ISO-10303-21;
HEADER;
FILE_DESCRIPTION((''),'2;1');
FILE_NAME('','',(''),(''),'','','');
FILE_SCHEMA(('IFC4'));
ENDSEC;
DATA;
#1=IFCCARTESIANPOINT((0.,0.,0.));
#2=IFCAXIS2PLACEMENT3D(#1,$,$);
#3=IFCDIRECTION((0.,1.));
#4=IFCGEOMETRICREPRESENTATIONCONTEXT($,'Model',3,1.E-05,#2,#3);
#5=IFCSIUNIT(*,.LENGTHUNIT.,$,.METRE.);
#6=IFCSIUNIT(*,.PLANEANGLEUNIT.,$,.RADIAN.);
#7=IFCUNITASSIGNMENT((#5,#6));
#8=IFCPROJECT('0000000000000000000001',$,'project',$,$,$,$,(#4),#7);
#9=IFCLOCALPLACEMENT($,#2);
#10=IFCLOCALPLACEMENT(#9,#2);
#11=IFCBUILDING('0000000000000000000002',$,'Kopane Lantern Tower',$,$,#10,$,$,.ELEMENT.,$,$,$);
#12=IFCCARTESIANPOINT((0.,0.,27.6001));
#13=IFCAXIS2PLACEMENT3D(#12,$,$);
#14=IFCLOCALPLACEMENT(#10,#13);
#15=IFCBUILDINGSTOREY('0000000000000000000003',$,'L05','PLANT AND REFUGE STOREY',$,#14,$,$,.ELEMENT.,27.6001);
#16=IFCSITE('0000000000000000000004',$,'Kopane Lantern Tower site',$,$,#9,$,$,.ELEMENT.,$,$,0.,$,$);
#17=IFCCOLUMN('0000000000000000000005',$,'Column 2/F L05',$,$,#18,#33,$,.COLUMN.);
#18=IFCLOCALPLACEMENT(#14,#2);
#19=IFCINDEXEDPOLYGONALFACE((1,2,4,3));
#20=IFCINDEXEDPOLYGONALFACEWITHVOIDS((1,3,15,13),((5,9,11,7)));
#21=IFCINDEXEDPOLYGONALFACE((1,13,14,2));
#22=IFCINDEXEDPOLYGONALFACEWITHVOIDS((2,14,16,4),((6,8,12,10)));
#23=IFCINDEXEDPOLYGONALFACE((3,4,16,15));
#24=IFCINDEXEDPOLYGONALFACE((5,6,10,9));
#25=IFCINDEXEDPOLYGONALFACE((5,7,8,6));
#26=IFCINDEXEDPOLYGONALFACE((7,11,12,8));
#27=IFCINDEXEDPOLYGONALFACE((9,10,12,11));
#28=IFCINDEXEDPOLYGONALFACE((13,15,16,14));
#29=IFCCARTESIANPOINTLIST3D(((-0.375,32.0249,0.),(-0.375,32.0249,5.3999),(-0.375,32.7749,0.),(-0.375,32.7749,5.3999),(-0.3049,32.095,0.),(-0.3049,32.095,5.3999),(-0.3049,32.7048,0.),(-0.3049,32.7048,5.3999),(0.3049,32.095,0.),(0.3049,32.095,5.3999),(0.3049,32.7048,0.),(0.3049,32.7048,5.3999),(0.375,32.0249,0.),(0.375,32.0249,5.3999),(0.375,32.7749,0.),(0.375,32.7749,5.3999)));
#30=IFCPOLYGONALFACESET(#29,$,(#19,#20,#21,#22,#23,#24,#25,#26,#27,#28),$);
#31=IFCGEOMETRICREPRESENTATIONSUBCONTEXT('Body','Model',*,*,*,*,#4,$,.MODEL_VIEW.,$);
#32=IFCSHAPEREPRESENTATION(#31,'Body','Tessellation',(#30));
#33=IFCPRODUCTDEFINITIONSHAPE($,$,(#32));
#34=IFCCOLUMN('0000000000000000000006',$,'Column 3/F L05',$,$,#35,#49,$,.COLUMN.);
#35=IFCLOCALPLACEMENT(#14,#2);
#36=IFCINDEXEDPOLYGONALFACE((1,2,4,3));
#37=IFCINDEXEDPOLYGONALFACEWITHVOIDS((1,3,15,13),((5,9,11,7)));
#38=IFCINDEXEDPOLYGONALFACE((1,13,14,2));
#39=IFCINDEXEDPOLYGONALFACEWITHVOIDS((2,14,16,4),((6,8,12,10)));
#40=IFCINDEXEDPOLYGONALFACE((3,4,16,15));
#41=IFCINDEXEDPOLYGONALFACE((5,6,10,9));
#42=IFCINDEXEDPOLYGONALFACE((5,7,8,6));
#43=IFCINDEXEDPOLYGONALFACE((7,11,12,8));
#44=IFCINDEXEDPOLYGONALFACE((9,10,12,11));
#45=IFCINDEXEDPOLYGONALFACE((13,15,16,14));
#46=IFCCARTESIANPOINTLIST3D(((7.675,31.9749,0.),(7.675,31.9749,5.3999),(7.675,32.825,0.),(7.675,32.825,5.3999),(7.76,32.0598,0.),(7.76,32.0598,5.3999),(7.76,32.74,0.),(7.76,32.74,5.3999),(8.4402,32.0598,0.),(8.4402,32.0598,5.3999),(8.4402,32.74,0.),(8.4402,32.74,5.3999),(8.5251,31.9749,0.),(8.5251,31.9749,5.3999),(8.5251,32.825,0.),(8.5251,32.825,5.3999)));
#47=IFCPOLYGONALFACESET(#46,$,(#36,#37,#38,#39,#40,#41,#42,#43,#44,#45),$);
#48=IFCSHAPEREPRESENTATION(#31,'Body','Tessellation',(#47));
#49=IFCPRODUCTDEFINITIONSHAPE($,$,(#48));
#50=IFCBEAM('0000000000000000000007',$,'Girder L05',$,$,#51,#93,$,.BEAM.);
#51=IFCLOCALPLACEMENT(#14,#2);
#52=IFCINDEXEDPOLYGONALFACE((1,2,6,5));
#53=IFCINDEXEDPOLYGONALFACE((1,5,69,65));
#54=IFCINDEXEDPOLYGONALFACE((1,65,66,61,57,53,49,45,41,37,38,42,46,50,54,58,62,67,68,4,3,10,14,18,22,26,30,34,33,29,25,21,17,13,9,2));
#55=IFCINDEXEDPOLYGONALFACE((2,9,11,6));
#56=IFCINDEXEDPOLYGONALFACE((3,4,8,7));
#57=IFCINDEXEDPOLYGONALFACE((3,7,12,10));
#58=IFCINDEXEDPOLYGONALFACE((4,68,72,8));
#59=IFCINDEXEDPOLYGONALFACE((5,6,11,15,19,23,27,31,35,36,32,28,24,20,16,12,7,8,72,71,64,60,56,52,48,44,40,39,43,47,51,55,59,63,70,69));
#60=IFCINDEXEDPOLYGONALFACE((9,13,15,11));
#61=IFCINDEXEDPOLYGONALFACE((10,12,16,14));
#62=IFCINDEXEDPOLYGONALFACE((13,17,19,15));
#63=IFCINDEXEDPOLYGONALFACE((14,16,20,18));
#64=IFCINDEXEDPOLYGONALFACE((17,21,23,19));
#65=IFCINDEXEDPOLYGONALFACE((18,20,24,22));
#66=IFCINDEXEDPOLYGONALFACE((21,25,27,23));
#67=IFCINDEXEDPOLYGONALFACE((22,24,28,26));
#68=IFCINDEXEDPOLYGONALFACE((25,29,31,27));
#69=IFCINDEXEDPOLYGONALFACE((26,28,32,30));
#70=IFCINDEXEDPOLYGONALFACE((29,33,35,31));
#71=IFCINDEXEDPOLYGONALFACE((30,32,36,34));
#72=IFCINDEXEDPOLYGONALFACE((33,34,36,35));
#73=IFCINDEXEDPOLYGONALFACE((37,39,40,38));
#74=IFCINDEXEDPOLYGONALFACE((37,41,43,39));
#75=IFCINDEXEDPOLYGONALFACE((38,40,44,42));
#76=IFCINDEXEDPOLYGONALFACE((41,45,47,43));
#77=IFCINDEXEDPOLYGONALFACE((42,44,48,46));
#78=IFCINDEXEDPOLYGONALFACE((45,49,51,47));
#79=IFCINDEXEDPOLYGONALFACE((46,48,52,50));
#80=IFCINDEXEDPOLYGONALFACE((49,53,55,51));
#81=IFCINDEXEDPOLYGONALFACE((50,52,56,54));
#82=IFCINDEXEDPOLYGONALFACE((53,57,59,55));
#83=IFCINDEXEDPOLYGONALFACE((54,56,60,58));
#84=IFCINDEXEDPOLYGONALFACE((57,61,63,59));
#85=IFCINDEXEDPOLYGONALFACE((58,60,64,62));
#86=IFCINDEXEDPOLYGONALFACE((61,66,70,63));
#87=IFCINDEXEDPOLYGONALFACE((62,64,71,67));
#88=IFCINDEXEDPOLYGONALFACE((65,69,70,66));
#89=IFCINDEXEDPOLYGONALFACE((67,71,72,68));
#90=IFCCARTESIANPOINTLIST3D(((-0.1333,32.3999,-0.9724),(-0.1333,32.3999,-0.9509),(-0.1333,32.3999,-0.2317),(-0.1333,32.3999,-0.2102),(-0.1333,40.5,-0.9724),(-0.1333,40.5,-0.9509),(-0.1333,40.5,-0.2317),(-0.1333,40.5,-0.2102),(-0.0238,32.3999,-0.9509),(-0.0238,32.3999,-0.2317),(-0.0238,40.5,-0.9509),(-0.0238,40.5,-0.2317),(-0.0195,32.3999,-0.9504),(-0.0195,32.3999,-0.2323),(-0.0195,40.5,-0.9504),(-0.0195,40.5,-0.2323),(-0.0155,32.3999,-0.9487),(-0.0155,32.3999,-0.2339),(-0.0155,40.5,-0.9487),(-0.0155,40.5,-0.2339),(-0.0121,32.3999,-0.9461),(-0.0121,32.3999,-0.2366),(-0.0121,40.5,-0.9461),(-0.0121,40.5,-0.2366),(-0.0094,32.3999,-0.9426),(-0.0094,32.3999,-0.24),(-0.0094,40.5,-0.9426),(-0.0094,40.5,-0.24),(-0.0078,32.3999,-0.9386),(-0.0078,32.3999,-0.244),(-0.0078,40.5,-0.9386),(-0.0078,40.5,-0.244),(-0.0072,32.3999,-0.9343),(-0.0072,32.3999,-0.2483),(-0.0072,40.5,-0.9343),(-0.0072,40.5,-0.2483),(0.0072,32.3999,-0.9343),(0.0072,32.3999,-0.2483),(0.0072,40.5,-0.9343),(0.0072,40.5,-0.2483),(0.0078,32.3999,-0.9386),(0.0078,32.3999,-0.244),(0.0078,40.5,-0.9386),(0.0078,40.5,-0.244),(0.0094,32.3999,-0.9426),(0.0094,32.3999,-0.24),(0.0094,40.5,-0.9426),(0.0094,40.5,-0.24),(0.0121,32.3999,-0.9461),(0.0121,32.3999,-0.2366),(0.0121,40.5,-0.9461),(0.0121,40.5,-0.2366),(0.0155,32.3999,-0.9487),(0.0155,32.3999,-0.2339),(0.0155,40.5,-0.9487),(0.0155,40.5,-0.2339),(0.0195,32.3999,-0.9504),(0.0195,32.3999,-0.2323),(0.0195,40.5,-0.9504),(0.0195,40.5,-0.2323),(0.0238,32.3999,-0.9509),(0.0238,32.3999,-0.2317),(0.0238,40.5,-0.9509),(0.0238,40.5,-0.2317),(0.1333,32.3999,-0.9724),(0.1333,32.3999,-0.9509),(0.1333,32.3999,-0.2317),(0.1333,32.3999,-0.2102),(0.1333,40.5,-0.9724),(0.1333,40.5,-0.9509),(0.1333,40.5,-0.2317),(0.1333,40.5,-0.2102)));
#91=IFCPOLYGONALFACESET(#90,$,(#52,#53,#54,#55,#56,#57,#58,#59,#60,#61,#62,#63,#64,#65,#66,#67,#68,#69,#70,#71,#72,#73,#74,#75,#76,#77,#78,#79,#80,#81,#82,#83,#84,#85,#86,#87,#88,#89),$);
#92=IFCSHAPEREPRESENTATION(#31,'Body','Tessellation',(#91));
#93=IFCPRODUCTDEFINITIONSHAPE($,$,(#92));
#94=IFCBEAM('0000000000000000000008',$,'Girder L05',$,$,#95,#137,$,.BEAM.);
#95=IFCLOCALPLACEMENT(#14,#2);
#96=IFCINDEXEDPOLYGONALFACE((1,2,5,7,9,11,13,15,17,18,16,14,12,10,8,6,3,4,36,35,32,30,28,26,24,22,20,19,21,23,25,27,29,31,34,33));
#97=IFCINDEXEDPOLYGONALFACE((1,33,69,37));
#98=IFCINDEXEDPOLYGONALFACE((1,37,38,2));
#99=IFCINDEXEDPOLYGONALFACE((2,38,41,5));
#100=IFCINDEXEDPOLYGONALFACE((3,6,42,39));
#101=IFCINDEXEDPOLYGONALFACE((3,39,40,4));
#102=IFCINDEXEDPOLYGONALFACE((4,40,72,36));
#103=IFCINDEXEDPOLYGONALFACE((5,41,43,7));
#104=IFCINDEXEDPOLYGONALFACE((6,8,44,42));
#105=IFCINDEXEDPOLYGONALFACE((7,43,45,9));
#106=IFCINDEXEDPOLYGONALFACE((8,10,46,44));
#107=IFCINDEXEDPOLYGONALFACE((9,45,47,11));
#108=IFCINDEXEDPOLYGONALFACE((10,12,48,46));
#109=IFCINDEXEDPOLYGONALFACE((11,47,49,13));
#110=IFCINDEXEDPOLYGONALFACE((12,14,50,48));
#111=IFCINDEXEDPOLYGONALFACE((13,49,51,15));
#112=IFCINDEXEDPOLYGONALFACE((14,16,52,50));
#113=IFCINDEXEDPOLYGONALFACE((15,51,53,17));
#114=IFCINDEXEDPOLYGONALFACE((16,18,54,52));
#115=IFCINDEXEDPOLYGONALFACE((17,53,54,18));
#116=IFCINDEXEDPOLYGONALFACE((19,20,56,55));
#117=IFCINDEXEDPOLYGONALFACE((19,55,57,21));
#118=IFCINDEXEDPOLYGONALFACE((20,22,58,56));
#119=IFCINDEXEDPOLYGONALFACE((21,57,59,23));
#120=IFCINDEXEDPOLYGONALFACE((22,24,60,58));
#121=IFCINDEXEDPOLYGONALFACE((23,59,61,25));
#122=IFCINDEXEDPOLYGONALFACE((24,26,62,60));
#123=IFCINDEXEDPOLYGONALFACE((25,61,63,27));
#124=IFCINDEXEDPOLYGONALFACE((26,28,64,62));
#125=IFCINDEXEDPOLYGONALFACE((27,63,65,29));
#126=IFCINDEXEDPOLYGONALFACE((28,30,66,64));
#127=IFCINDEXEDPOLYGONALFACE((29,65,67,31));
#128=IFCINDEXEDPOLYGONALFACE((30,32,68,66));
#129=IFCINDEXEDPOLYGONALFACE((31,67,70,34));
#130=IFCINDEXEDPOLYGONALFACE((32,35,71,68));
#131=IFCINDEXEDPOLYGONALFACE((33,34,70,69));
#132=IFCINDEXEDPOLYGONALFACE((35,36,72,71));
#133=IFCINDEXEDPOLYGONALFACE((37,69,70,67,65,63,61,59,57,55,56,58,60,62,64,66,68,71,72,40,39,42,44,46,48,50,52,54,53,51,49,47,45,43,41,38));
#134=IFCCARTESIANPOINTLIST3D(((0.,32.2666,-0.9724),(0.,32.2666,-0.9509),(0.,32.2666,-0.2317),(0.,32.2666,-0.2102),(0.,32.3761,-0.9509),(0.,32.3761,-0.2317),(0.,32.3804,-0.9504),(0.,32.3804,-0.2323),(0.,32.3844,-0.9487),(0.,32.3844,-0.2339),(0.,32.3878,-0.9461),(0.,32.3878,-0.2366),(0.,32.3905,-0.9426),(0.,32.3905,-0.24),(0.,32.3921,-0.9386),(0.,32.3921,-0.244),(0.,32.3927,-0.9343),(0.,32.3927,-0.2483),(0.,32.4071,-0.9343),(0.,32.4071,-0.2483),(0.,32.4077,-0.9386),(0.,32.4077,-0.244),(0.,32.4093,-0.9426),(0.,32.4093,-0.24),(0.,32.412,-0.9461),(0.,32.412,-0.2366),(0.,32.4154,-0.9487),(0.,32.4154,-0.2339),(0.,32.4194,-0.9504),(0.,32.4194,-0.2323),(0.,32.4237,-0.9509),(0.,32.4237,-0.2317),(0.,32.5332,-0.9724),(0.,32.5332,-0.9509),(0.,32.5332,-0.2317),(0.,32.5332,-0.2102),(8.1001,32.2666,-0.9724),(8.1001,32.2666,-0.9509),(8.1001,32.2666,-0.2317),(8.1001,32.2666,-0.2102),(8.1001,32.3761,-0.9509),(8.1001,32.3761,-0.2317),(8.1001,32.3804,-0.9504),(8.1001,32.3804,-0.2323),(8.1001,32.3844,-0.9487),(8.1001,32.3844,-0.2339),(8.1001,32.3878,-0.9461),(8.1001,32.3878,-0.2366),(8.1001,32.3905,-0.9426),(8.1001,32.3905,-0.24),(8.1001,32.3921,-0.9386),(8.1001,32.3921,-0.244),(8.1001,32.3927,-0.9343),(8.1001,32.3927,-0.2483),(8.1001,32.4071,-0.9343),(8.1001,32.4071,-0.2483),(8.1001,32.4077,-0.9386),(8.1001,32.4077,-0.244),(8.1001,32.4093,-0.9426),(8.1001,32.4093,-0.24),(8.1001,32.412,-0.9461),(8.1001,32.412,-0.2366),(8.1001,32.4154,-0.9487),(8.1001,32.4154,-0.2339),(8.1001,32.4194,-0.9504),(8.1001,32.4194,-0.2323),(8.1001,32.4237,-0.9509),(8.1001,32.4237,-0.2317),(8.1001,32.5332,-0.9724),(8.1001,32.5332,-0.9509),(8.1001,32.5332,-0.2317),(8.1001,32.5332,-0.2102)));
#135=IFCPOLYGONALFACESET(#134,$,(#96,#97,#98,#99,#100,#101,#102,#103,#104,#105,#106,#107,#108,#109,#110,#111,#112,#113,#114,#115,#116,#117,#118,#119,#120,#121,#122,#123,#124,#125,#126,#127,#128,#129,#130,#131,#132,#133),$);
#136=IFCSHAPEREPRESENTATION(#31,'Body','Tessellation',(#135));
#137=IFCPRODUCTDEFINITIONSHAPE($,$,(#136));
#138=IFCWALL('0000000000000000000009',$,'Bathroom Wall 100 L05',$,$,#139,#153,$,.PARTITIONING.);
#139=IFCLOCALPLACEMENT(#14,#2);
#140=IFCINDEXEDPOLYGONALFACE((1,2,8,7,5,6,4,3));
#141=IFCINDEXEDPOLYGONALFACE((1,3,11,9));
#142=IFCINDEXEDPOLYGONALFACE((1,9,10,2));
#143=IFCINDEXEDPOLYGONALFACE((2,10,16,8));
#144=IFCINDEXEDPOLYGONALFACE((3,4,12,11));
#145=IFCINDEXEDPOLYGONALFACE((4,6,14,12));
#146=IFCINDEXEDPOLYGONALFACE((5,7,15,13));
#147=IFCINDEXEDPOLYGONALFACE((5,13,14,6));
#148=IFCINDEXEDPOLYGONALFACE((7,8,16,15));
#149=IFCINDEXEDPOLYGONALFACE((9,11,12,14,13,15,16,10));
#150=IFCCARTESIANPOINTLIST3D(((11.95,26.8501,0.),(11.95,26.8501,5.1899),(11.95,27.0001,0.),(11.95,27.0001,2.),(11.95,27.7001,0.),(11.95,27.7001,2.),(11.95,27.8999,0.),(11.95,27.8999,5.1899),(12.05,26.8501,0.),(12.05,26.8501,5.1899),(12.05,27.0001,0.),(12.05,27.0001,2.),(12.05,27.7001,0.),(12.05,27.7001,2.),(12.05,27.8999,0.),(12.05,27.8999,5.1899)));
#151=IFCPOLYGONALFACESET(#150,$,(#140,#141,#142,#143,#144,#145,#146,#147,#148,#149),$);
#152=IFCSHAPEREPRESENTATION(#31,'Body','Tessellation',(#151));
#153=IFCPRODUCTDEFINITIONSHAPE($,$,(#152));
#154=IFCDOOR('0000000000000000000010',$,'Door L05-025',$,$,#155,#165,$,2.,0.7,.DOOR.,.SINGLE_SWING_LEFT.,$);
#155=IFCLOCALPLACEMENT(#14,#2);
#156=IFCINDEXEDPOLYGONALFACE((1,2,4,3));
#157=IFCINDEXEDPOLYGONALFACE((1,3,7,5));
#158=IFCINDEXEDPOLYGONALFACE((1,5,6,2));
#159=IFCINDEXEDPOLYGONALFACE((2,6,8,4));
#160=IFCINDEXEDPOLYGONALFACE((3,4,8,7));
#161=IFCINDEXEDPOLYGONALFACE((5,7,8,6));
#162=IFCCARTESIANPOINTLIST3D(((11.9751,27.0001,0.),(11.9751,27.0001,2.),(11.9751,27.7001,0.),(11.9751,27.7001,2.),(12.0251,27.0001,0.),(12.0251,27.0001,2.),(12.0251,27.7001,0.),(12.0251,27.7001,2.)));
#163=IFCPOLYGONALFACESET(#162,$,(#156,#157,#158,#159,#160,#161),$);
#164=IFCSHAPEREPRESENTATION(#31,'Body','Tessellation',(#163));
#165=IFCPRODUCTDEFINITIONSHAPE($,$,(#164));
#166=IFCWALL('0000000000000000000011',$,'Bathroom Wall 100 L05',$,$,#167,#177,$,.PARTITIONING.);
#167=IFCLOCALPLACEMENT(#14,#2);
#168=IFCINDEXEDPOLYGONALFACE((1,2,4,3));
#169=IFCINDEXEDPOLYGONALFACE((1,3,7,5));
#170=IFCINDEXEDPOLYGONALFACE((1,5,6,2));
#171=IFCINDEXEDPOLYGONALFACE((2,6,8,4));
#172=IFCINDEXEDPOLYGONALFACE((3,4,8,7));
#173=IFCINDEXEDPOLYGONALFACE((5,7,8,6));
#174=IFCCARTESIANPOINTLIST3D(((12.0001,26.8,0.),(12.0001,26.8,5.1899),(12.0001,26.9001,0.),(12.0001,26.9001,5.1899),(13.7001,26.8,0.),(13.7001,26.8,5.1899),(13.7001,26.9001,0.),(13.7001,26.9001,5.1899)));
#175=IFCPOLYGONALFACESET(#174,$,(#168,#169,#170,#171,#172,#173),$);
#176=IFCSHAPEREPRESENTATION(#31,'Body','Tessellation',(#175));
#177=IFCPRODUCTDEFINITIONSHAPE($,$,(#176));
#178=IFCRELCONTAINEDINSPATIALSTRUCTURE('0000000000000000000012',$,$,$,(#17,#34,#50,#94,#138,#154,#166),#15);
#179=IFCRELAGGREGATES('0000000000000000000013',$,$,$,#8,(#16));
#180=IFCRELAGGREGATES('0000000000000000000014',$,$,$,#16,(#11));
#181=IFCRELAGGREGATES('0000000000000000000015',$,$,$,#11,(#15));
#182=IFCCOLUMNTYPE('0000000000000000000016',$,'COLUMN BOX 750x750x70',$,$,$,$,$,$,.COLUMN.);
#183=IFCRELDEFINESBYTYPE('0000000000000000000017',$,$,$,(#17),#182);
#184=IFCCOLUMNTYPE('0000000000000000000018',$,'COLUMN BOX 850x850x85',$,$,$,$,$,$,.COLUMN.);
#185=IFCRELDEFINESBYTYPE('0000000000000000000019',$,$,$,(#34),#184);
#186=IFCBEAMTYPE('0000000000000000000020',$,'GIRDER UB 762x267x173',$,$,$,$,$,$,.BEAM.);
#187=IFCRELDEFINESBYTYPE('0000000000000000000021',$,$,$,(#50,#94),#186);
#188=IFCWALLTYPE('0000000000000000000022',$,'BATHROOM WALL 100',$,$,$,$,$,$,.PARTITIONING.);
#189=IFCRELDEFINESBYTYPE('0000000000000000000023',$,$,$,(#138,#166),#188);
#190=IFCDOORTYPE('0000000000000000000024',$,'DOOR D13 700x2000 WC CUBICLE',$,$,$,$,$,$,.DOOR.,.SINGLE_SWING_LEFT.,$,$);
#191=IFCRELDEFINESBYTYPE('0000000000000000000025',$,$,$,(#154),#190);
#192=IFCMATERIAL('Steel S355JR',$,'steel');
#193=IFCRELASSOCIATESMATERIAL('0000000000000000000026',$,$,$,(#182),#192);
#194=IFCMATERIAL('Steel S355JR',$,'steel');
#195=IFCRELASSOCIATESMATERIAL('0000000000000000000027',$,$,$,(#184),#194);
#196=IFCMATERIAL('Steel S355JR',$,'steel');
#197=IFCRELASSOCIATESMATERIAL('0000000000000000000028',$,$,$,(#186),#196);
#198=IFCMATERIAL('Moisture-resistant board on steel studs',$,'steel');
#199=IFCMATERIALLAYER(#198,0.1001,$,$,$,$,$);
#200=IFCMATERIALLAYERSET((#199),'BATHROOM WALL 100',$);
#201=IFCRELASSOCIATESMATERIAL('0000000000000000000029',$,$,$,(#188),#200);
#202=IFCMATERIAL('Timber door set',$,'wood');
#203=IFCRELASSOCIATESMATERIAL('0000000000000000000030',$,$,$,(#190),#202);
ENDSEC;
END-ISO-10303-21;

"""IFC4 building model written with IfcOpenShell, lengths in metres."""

from ifc_helpers import new_model, si_unit, direction, frame, frame_2d, origin, origin_2d, place, context, subcontext, project, spatial, rectangle, hollow_rectangle, i_section, extrude, material, layer, layer_set, material_profile, profile_set, type_object, element, fill, save


model = new_model("IFC4")

# Units and contexts
model_context = context("Model", 3, precision=1e-05, world=origin(), true_north=direction((0.0, 1.0)))
body_context = subcontext(model_context, "Body", "Model", "MODEL_VIEW")
ifc_project = project(units=[si_unit("LENGTHUNIT", "METRE"), si_unit("PLANEANGLEUNIT", "RADIAN")], contexts=[model_context])

# Site, building, storey
site_placement = place(None, origin())
site = spatial("IfcSite", under=ifc_project, at=site_placement, Name="Kopane Lantern Tower site", CompositionType="ELEMENT", RefElevation=0.0)
building_placement = place(site_placement, origin())
building = spatial("IfcBuilding", under=site, at=building_placement, Name="Kopane Lantern Tower", CompositionType="ELEMENT")
storey_placement = place(building_placement, frame((0.0, 0.0, 27.6001)))
storey = spatial("IfcBuildingStorey", under=building, at=storey_placement, Name="L05", Description="PLANT AND REFUGE STOREY", CompositionType="ELEMENT", Elevation=27.6001)

# Columns
ifc_material_1 = material(Name="Steel S355JR", Category="steel")
ifc_material_profile_1 = material_profile(ifc_material_1, hollow_rectangle(XDim=0.75, YDim=0.75, WallThickness=0.0701, at=origin_2d()), Name="BOX 750x750x70")
ifc_profile_set_1 = profile_set([ifc_material_profile_1], Name="Steel S355JR")
column_type_1 = type_object("IfcColumnType", Name="COLUMN BOX 750x750x70", PredefinedType="COLUMN", material=ifc_profile_set_1)
column_1_placement = place(storey_placement, frame((0.0, 32.3999, 0.0), z_axis=(0.0, 0.0, 1.0), x_axis=(1.0, 0.0, 0.0)))
element("IfcColumn", 1, at=column_1_placement, inside=storey, type_object=column_type_1, Name="Column 2/F L05", PredefinedType="COLUMN", context=body_context, shape_type="SweptSolid", body=[
    extrude(hollow_rectangle(XDim=0.75, YDim=0.75, WallThickness=0.0701, at=origin_2d()), origin(), (0.0, 0.0, 1.0), 5.3999),
])
ifc_material_2 = material(Name="Steel S355JR", Category="steel")
ifc_material_profile_2 = material_profile(ifc_material_2, hollow_rectangle(XDim=0.8501, YDim=0.8501, WallThickness=0.085, at=origin_2d()), Name="BOX 850x850x85")
ifc_profile_set_2 = profile_set([ifc_material_profile_2], Name="Steel S355JR")
column_type_2 = type_object("IfcColumnType", Name="COLUMN BOX 850x850x85", PredefinedType="COLUMN", material=ifc_profile_set_2)
column_2_placement = place(storey_placement, frame((8.1001, 32.3999, 0.0), z_axis=(0.0, 0.0, 1.0), x_axis=(1.0, 0.0, 0.0)))
element("IfcColumn", 2, at=column_2_placement, inside=storey, type_object=column_type_2, Name="Column 3/F L05", PredefinedType="COLUMN", context=body_context, shape_type="SweptSolid", body=[
    extrude(hollow_rectangle(XDim=0.8501, YDim=0.8501, WallThickness=0.085, at=origin_2d()), origin(), (0.0, 0.0, 1.0), 5.3999),
])

# Beams
ifc_material_3 = material(Name="Steel S355JR", Category="steel")
ifc_material_profile_3 = material_profile(ifc_material_3, i_section(OverallWidth=0.2666, OverallDepth=0.7622, WebThickness=0.0144, FlangeThickness=0.0215, FilletRadius=0.0166, at=origin_2d()), Name="UB 762x267x173")
ifc_profile_set_3 = profile_set([ifc_material_profile_3], Name="Steel S355JR")
beam_type = type_object("IfcBeamType", Name="GIRDER UB 762x267x173", PredefinedType="BEAM", material=ifc_profile_set_3)
for number, where, z_axis, x_axis, name in (
    (3, (0.0, 32.3999, -0.5913), (0.0, 1.0, 0.0), (-1.0, 0.0, 0.0), "Girder L05"),
    (4, (0.0, 32.3999, -0.5913), (1.0, 0.0, 0.0), (0.0, 1.0, 0.0), "Girder L05"),
):
    element("IfcBeam", number, at=place(storey_placement, frame(where, z_axis=z_axis, x_axis=x_axis)), inside=storey, type_object=beam_type, Name=name, PredefinedType="BEAM", context=body_context, shape_type="SweptSolid", body=[
        extrude(i_section(OverallWidth=0.2666, OverallDepth=0.7622, WebThickness=0.0144, FlangeThickness=0.0215, FilletRadius=0.0166, at=origin_2d()), origin(), (0.0, 0.0, 1.0), 8.1001),
    ])

# Wall, opening, door
ifc_material_4 = material(Name="Moisture-resistant board on steel studs", Category="steel")
ifc_layer_1 = layer(ifc_material_4, 0.1001)
ifc_layer_set_1 = layer_set([ifc_layer_1], Name="BATHROOM WALL 100")
wall_type_1 = type_object("IfcWallType", Name="BATHROOM WALL 100", PredefinedType="PARTITIONING", material=ifc_layer_set_1)
wall_1_placement = place(storey_placement, frame((12.0, 26.8501, 0.0), z_axis=(0.0, 0.0, 1.0), x_axis=(0.0, 1.0, 0.0)))
wall_1 = element("IfcWall", 5, at=wall_1_placement, inside=storey, type_object=wall_type_1, Name="Bathroom Wall 100 L05", PredefinedType="PARTITIONING", context=body_context, shape_type="SweptSolid", body=[
    extrude(rectangle(XDim=1.0498, YDim=0.1001, at=frame_2d((0.5249, 0.0))), origin(), (0.0, 0.0, 1.0), 5.1899),
])
opening_placement = place(wall_1_placement, frame((0.1499, 0.0, 0.0)))
opening = element("IfcOpeningElement", 6, at=opening_placement, cuts=wall_1, PredefinedType="OPENING", context=body_context, shape_type="SweptSolid", body=[
    extrude(rectangle(XDim=0.7, YDim=2.0, at=frame_2d((0.3501, 1.0))), frame((0.0, 0.0601, 0.0), z_axis=(0.0, -1.0, 0.0), x_axis=(1.0, 0.0, 0.0)), (0.0, 0.0, 1.0), 0.1201),
])
ifc_material_5 = material(Name="Timber door set", Category="wood")
door_type = type_object("IfcDoorType", Name="DOOR D13 700x2000 WC CUBICLE", OperationType="SINGLE_SWING_LEFT", PredefinedType="DOOR", material=ifc_material_5)
door_placement = place(opening_placement, origin())
door = element("IfcDoor", 7, at=door_placement, inside=storey, type_object=door_type, Name="Door L05-025", OperationType="SINGLE_SWING_LEFT", OverallHeight=2.0, OverallWidth=0.7, PredefinedType="DOOR", context=body_context, shape_type="SweptSolid", body=[
    extrude(rectangle(XDim=0.7, YDim=2.0, at=frame_2d((0.3501, 1.0))), frame((0.0, 0.0249, 0.0), z_axis=(0.0, -1.0, 0.0), x_axis=(1.0, 0.0, 0.0)), (0.0, 0.0, 1.0), 0.05),
])
fill(opening, door)

# Wall
wall_2_placement = place(storey_placement, frame((12.0, 26.8501, 0.0), z_axis=(0.0, 0.0, 1.0), x_axis=(1.0, 0.0, 0.0)))
element("IfcWall", 8, at=wall_2_placement, inside=storey, type_object=wall_type_1, Name="Bathroom Wall 100 L05", PredefinedType="PARTITIONING", context=body_context, shape_type="SweptSolid", body=[
    extrude(rectangle(XDim=1.7, YDim=0.1001, at=frame_2d((0.8501, 0.0))), origin(), (0.0, 0.0, 1.0), 5.1899),
])

save(model, "model.ifc")
